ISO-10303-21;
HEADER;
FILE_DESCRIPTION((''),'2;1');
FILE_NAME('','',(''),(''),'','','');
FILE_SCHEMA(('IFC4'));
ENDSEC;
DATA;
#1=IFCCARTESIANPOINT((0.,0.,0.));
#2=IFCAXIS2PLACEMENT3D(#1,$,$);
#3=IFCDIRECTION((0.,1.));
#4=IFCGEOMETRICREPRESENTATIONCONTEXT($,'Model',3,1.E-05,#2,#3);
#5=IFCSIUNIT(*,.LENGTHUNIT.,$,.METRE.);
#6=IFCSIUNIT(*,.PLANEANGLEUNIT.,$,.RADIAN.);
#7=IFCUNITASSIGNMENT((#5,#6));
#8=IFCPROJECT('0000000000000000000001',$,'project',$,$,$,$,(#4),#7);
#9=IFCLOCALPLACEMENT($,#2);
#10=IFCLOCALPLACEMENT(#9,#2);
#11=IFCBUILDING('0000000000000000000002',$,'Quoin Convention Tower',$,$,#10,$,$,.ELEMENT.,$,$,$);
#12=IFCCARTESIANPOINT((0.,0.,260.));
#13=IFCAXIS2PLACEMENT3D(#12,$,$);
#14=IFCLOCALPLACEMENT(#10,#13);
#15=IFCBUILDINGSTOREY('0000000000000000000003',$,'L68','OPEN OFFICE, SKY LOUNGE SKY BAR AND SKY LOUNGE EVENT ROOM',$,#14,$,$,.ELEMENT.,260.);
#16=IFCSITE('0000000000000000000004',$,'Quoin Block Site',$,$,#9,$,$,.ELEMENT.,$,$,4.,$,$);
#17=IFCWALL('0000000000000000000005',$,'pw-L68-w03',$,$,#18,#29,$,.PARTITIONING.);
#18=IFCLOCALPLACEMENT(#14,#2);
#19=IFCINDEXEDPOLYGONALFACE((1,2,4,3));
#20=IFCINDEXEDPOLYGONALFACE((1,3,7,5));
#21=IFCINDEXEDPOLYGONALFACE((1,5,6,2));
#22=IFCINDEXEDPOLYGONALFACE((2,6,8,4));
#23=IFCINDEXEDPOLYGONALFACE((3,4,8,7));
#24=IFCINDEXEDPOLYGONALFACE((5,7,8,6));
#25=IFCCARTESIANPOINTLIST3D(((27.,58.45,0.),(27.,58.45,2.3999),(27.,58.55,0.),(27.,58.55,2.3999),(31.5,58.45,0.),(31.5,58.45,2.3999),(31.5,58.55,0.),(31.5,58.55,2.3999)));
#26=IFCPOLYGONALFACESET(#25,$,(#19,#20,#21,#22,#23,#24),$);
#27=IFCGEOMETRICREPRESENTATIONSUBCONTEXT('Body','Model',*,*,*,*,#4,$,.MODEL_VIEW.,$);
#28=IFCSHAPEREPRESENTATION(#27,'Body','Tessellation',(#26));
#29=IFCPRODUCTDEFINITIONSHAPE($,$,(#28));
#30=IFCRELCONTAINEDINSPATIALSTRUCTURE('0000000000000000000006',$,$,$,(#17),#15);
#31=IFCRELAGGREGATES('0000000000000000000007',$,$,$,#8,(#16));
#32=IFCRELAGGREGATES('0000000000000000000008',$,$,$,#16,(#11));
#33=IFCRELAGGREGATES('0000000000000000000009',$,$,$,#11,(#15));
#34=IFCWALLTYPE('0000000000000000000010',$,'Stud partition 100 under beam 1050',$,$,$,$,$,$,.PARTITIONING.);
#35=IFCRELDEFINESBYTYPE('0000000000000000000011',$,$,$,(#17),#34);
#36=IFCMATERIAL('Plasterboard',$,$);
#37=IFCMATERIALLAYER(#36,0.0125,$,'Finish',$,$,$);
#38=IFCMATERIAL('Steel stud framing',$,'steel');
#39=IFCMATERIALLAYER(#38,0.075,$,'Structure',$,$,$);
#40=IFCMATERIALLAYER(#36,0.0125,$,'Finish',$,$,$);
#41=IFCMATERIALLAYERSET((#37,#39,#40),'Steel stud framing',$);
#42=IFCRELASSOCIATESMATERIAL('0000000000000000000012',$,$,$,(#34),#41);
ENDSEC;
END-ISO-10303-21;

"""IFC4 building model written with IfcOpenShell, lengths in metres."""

from ifc_helpers import new_model, si_unit, direction, frame, frame_2d, origin, place, context, subcontext, project, spatial, rectangle, extrude, material, layer, layer_set, type_object, element, save


model = new_model("IFC4")

# Units and contexts
model_context = context("Model", 3, precision=1e-05, world=origin(), true_north=direction((0.0, 1.0)))
body_context = subcontext(model_context, "Body", "Model", "MODEL_VIEW")
ifc_project = project(units=[si_unit("LENGTHUNIT", "METRE"), si_unit("PLANEANGLEUNIT", "RADIAN")], contexts=[model_context])

# Site, building, storey
site_placement = place(None, origin())
site = spatial("IfcSite", under=ifc_project, at=site_placement, Name="Quoin Block Site", CompositionType="ELEMENT", RefElevation=4.0)
building_placement = place(site_placement, origin())
building = spatial("IfcBuilding", under=site, at=building_placement, Name="Quoin Convention Tower", CompositionType="ELEMENT")
storey_placement = place(building_placement, frame((0.0, 0.0, 260.0)))
storey = spatial("IfcBuildingStorey", under=building, at=storey_placement, Name="L68", Description="OPEN OFFICE, SKY LOUNGE SKY BAR AND SKY LOUNGE EVENT ROOM", CompositionType="ELEMENT", Elevation=260.0)

# Shared definitions
ifc_material_1 = material(Name="Plasterboard")
ifc_material_2 = material(Name="Steel stud framing", Category="steel")

# Wall
ifc_layer_1 = layer(ifc_material_1, 0.0125, Name="Finish")
ifc_layer_2 = layer(ifc_material_2, 0.075, Name="Structure")
ifc_layer_3 = layer(ifc_material_1, 0.0125, Name="Finish")
ifc_layer_set_1 = layer_set([ifc_layer_1, ifc_layer_2, ifc_layer_3], Name="Steel stud framing")
wall_type_1 = type_object("IfcWallType", Name="Stud partition 100 under beam 1050", PredefinedType="PARTITIONING", material=ifc_layer_set_1)
wall_1_placement = place(storey_placement, frame((31.5, 58.5, 0.0), z_axis=(0.0, 0.0, 1.0), x_axis=(-1.0, 0.0, 0.0)))
element("IfcWall", 1, at=wall_1_placement, inside=storey, type_object=wall_type_1, Name="pw-L68-w03", PredefinedType="PARTITIONING", context=body_context, shape_type="SweptSolid", body=[
    extrude(rectangle(XDim=4.5, YDim=0.1001, at=frame_2d((2.25, 0.0))), origin(), (0.0, 0.0, 1.0), 2.3999),
])

save(model, "model.ifc")
